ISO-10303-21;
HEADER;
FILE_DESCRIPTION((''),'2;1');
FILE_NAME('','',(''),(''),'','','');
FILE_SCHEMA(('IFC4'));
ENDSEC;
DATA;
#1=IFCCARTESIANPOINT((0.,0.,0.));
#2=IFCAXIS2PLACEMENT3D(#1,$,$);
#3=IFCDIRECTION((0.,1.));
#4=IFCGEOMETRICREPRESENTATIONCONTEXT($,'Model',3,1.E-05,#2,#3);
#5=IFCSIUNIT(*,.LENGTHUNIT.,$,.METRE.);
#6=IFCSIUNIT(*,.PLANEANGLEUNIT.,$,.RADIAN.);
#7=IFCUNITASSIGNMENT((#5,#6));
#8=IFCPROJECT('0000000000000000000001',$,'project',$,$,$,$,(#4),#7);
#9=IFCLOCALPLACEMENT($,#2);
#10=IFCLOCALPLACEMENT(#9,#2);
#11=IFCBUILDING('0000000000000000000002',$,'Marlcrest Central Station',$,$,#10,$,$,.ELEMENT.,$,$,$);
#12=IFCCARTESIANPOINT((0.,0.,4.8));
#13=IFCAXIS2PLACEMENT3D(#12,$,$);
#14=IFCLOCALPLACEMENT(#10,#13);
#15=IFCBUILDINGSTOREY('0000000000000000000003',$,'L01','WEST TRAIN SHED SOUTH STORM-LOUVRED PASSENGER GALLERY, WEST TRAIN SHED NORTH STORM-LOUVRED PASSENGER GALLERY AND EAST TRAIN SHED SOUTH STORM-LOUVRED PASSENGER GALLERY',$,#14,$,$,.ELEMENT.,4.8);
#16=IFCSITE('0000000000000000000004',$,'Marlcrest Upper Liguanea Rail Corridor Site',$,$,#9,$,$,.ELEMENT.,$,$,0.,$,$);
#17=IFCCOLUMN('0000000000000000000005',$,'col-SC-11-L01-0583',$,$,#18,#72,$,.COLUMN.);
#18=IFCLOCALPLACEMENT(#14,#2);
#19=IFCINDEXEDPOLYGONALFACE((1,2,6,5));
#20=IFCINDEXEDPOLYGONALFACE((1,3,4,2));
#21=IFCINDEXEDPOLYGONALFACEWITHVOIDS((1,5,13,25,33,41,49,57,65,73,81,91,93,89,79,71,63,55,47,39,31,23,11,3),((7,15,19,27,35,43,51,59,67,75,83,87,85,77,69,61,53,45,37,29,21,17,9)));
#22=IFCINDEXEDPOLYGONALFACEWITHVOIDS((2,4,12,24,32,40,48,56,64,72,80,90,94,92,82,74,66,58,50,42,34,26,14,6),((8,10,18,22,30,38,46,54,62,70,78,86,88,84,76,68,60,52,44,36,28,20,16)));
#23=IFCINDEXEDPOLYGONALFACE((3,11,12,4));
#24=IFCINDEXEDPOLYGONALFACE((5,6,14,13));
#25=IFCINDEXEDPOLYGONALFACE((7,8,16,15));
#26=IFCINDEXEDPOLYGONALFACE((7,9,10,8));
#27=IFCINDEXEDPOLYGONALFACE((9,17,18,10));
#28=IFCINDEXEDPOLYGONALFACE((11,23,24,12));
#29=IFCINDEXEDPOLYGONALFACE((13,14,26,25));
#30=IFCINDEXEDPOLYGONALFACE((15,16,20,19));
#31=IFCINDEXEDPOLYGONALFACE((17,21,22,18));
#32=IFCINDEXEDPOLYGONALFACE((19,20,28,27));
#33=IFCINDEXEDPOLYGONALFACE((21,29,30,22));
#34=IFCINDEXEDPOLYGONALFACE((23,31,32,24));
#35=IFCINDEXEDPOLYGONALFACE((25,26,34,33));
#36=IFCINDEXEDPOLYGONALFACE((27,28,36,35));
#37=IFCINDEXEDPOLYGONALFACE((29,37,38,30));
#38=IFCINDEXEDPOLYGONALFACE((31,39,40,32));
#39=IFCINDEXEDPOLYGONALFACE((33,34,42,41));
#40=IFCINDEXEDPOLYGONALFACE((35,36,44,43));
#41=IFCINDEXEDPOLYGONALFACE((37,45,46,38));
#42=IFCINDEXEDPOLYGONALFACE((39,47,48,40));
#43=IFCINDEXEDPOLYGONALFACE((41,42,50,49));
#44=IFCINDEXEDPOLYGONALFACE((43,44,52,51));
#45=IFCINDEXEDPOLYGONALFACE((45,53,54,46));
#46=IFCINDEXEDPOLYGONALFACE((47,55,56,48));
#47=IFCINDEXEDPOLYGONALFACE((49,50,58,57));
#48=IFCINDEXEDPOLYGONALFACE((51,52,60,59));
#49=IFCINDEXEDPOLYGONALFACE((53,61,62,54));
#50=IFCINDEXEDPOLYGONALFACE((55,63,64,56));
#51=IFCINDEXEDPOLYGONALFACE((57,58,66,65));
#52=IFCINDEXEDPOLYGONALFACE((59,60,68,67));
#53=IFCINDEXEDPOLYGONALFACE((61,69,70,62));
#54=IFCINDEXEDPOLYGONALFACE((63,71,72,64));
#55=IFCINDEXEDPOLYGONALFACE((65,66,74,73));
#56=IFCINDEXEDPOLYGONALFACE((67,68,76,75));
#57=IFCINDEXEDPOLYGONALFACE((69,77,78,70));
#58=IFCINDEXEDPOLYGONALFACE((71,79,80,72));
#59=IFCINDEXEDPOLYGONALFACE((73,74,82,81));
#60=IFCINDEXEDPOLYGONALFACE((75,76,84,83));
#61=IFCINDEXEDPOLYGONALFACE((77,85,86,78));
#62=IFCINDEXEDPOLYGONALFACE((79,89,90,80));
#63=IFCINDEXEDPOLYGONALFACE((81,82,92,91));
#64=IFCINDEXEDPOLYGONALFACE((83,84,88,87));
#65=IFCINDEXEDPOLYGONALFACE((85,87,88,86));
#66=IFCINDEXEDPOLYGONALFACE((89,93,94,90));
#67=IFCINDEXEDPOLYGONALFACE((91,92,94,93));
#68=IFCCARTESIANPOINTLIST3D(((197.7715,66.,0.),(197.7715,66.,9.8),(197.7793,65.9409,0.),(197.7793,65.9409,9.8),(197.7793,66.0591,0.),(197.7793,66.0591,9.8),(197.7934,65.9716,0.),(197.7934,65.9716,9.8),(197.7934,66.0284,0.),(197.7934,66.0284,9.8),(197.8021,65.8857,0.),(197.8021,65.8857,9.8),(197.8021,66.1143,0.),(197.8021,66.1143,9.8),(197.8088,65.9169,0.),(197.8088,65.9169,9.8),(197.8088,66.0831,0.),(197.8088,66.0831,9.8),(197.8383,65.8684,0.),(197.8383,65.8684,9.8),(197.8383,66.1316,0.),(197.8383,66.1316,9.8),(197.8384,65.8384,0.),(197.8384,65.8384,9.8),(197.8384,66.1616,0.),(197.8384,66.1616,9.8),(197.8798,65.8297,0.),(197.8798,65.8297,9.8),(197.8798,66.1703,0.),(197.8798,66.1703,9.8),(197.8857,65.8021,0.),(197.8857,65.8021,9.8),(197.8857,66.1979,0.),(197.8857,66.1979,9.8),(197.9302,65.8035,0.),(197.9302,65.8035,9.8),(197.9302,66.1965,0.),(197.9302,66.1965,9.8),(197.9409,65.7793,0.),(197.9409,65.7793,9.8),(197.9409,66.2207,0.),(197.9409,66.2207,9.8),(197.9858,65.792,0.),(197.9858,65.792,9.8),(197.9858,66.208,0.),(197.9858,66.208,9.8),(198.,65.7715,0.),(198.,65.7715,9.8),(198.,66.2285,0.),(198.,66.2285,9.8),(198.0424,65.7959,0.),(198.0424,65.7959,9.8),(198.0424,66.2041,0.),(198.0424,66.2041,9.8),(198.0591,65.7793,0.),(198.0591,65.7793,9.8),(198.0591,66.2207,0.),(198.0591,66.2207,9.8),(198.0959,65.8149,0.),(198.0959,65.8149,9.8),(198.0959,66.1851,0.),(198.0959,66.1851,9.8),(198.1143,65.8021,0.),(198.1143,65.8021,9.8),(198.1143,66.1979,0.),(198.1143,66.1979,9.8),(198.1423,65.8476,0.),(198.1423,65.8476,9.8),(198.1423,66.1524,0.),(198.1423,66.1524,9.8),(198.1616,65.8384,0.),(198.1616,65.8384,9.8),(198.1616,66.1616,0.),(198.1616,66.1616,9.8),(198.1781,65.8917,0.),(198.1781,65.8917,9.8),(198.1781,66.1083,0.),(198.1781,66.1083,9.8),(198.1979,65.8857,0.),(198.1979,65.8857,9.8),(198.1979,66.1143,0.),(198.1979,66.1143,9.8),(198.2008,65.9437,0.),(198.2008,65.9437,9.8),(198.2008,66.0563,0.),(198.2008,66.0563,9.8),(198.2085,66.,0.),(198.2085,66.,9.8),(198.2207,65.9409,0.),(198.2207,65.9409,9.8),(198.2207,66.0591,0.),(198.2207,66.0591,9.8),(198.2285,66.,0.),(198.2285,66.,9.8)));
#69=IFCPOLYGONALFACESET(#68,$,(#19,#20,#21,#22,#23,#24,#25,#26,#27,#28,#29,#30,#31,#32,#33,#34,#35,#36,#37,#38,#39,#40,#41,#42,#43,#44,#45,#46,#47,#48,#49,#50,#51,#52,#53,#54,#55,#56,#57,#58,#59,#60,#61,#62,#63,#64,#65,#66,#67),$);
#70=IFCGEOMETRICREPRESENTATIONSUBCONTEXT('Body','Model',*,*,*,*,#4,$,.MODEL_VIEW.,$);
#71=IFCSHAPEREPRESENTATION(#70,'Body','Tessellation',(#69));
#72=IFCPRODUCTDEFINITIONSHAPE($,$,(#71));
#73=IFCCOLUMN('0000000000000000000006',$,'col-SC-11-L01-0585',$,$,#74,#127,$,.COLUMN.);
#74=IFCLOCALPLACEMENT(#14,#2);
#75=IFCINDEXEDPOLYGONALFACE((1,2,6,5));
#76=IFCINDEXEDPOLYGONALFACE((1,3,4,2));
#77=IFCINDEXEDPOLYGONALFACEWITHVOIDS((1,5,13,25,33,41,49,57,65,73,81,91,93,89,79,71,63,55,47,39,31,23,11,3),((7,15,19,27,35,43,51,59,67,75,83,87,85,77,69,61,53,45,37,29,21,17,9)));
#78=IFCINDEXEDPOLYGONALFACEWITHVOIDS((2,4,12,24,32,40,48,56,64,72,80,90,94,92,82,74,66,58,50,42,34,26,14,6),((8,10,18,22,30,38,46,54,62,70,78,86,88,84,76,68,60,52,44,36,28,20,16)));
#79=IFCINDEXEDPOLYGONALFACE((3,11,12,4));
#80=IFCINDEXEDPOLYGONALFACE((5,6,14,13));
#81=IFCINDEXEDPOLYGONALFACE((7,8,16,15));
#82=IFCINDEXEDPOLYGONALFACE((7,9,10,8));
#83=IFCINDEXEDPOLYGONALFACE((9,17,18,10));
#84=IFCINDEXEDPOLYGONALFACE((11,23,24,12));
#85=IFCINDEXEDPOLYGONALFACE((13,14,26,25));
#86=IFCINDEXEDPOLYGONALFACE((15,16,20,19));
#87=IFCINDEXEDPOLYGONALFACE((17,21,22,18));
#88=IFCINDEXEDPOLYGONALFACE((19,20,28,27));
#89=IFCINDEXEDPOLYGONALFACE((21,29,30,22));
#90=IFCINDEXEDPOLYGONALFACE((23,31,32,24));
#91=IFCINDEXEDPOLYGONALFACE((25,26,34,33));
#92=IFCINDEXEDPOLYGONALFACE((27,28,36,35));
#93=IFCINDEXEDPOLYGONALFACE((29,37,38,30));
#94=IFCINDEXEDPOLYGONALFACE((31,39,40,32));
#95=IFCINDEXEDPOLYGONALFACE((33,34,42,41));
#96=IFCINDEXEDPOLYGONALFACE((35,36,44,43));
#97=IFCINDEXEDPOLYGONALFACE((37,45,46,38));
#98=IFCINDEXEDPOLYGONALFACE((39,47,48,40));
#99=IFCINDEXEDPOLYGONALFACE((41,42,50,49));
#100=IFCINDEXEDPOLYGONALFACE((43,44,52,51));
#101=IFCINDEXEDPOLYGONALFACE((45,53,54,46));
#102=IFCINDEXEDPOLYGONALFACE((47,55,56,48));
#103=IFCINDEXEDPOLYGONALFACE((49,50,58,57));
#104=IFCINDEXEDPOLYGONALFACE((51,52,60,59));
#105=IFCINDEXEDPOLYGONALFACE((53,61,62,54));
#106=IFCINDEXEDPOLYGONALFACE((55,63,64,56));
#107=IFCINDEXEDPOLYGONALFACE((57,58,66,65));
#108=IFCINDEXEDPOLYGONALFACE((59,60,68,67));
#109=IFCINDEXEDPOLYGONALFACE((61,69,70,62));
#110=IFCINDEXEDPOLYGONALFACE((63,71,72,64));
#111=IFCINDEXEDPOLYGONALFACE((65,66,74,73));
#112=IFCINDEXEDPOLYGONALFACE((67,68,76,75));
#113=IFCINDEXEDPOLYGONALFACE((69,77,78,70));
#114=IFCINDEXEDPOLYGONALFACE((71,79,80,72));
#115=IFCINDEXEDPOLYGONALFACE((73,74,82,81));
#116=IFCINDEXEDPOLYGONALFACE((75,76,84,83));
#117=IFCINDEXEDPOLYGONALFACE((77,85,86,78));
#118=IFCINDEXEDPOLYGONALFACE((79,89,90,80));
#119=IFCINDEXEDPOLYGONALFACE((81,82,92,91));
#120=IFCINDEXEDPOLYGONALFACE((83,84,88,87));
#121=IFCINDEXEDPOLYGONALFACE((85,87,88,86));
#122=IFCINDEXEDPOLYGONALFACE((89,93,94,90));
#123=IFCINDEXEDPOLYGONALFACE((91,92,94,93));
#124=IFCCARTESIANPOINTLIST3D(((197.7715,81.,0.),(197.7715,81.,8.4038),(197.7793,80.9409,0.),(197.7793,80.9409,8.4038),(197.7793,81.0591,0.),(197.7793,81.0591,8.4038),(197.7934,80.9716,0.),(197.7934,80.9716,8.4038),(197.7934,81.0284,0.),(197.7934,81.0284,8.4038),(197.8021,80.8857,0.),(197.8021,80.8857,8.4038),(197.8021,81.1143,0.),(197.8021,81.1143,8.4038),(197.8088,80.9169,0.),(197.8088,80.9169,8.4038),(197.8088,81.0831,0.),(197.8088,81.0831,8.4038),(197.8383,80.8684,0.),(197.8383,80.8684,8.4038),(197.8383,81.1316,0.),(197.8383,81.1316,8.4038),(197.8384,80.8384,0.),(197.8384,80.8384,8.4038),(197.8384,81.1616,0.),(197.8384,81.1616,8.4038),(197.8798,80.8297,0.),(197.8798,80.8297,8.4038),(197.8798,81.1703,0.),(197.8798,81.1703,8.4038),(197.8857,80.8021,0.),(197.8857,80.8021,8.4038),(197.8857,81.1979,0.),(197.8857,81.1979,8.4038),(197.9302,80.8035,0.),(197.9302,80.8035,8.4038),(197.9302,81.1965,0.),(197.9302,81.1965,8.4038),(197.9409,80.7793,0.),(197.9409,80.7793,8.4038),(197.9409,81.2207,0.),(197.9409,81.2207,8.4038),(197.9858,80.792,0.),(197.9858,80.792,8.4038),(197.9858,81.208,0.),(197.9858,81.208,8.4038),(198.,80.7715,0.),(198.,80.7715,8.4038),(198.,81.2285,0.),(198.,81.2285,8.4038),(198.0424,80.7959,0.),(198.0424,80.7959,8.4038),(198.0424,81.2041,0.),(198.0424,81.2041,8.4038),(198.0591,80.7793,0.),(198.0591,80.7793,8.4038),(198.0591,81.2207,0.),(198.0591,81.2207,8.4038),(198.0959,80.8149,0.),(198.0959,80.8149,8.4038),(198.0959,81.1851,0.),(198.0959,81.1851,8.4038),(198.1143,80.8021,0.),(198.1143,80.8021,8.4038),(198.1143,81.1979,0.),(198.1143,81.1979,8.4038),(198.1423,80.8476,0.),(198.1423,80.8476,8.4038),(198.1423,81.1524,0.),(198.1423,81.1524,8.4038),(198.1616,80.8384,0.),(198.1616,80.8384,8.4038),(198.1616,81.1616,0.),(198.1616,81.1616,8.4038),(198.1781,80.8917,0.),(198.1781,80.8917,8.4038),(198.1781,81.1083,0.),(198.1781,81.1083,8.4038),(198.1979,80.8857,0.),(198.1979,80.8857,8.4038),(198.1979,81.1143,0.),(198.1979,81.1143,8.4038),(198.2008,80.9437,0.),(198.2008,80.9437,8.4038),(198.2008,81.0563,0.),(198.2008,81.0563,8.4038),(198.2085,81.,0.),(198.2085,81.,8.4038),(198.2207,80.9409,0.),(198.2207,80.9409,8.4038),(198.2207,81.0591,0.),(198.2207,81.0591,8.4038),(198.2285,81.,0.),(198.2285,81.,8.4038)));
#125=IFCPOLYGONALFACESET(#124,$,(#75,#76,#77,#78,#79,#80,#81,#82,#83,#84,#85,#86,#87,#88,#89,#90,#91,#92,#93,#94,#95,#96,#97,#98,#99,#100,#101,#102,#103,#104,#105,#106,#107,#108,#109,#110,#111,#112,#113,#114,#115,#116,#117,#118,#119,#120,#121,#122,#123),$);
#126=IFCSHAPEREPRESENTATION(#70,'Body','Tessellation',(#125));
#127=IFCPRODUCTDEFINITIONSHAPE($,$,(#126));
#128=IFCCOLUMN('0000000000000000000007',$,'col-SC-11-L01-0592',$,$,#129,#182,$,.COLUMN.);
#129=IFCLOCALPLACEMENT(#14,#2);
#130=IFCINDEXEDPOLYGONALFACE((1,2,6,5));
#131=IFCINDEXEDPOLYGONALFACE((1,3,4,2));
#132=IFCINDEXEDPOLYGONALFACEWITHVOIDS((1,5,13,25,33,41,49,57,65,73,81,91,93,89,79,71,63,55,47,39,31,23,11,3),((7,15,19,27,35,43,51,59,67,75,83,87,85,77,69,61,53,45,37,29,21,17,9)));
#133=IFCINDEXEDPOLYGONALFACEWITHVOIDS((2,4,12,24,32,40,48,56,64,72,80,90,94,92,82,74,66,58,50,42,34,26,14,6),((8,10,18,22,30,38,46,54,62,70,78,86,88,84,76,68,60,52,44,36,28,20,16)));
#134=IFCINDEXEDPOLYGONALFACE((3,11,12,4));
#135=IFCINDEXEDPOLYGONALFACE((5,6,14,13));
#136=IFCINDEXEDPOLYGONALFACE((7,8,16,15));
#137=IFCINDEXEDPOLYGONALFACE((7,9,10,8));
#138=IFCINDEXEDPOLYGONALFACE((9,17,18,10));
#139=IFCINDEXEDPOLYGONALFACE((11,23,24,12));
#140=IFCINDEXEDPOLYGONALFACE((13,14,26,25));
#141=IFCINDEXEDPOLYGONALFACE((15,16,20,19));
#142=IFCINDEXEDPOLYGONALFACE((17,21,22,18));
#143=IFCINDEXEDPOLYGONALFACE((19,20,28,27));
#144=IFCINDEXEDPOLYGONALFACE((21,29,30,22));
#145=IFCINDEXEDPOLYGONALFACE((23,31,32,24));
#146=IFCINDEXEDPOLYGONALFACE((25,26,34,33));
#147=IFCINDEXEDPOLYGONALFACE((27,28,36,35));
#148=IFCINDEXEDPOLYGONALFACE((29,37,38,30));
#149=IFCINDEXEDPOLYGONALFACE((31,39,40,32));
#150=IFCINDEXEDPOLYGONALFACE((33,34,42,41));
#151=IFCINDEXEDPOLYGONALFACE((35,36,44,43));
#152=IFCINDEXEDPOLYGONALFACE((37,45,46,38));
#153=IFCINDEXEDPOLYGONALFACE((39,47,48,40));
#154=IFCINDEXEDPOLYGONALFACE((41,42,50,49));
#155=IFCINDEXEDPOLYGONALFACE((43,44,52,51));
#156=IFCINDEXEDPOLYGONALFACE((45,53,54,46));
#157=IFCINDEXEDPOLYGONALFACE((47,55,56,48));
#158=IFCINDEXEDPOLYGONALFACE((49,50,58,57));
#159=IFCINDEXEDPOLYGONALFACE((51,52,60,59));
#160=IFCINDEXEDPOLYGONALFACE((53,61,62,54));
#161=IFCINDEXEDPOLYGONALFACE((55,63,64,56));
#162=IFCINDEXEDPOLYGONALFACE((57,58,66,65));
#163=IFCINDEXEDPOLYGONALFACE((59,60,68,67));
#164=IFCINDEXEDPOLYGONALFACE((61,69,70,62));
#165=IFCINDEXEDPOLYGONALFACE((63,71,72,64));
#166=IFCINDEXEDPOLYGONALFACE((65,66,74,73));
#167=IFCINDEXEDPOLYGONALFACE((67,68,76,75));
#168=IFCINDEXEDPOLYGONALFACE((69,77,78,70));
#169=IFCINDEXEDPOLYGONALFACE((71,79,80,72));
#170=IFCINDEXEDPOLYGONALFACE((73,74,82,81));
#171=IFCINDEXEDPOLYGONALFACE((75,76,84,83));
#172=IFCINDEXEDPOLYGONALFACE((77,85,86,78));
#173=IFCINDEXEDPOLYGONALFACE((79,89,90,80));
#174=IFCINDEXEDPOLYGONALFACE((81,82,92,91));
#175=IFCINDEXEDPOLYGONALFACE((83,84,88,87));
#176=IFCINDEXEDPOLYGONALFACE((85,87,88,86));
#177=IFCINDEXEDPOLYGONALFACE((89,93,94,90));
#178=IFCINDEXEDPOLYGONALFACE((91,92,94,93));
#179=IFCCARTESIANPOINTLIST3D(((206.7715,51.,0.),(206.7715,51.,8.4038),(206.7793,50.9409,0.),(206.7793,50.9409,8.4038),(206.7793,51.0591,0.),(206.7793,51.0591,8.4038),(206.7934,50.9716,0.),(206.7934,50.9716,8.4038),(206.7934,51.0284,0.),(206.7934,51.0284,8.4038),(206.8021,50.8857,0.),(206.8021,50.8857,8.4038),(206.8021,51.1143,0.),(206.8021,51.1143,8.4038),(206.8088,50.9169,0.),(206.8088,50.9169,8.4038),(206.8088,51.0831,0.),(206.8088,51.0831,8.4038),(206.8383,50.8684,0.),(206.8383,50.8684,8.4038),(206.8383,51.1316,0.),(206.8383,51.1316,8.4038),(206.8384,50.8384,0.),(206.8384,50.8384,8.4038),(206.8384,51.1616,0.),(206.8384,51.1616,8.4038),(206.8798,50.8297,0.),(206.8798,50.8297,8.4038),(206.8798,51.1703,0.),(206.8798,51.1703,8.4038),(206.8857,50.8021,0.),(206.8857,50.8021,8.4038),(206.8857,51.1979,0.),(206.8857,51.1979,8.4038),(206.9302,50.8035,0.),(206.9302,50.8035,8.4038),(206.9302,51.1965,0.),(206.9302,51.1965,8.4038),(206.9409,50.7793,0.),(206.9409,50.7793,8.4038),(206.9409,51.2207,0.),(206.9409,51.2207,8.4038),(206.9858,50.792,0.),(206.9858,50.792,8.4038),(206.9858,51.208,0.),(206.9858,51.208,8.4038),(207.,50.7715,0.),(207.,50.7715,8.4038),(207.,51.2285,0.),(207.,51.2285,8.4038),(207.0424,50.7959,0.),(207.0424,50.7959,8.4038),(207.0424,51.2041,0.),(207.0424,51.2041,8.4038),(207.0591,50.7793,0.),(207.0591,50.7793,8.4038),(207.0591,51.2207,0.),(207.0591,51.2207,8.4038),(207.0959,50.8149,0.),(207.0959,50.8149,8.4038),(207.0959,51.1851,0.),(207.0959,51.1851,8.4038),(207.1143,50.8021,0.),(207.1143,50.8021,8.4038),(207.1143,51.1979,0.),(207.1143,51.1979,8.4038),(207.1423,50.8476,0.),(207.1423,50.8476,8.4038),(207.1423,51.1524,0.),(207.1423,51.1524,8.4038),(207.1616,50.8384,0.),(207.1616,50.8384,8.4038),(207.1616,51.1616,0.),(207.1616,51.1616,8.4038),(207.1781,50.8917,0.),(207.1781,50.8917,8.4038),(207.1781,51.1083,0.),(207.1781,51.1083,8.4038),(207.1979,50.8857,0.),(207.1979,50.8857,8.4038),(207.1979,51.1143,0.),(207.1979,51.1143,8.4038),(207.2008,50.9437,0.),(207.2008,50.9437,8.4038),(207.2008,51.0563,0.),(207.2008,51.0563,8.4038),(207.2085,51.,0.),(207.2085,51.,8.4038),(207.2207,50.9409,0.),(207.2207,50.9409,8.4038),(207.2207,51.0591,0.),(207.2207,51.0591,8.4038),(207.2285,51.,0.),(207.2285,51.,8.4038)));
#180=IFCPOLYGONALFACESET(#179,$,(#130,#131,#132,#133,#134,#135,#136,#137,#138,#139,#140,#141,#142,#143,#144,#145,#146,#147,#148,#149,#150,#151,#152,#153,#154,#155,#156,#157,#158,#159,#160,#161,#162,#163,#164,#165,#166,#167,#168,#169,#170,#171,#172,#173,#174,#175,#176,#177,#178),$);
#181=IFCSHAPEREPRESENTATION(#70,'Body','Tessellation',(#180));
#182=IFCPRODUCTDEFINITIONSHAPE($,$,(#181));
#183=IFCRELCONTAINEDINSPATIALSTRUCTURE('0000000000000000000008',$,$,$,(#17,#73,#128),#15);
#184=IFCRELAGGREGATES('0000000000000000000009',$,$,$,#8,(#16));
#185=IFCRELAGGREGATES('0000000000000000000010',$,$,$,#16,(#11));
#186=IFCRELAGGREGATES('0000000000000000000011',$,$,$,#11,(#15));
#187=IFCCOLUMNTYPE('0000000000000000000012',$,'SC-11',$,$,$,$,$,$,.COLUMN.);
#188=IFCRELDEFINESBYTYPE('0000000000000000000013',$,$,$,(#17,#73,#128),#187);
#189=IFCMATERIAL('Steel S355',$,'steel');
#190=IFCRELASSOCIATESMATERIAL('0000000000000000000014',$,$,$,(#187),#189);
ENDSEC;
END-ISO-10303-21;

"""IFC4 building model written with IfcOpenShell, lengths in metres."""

from ifc_helpers import new_model, si_unit, direction, frame, origin, origin_2d, place, context, subcontext, project, spatial, hollow_circle, extrude, material, material_profile, profile_set, type_object, element, save


model = new_model("IFC4")

# Units and contexts
model_context = context("Model", 3, precision=1e-05, world=origin(), true_north=direction((0.0, 1.0)))
body_context = subcontext(model_context, "Body", "Model", "MODEL_VIEW")
ifc_project = project(units=[si_unit("LENGTHUNIT", "METRE"), si_unit("PLANEANGLEUNIT", "RADIAN")], contexts=[model_context])

# Site, building, storey
site_placement = place(None, origin())
site = spatial("IfcSite", under=ifc_project, at=site_placement, Name="Marlcrest Upper Liguanea Rail Corridor Site", CompositionType="ELEMENT", RefElevation=0.0)
building_placement = place(site_placement, origin())
building = spatial("IfcBuilding", under=site, at=building_placement, Name="Marlcrest Central Station", CompositionType="ELEMENT")
storey_placement = place(building_placement, frame((0.0, 0.0, 4.8)))
storey = spatial("IfcBuildingStorey", under=building, at=storey_placement, Name="L01", Description="WEST TRAIN SHED SOUTH STORM-LOUVRED PASSENGER GALLERY, WEST TRAIN SHED NORTH STORM-LOUVRED PASSENGER GALLERY AND EAST TRAIN SHED SOUTH STORM-LOUVRED PASSENGER GALLERY", CompositionType="ELEMENT", Elevation=4.8)

# Columns
ifc_material = material(Name="Steel S355", Category="steel")
ifc_material_profile = material_profile(ifc_material, hollow_circle(Radius=0.2285, WallThickness=0.02, at=origin_2d()), Name="CHS 457x20")
ifc_profile_set = profile_set([ifc_material_profile], Name="Steel S355")
column_type = type_object("IfcColumnType", Name="SC-11", PredefinedType="COLUMN", material=ifc_profile_set)
column_1_placement = place(storey_placement, frame((198.0, 66.0, 0.0), z_axis=(0.0, 0.0, 1.0), x_axis=(1.0, 0.0, 0.0)))
element("IfcColumn", 1, at=column_1_placement, inside=storey, type_object=column_type, Name="col-SC-11-L01-0583", PredefinedType="COLUMN", context=body_context, shape_type="SweptSolid", body=[
    extrude(hollow_circle(Radius=0.2285, WallThickness=0.02, at=origin_2d()), origin(), (0.0, 0.0, 1.0), 9.8),
])
for number, where, z_axis, x_axis, name in (
    (2, (198.0, 81.0, 0.0), (0.0, 0.0, 1.0), (1.0, 0.0, 0.0), "col-SC-11-L01-0585"),
    (3, (207.0, 51.0, 0.0), (0.0, 0.0, 1.0), (1.0, 0.0, 0.0), "col-SC-11-L01-0592"),
):
    element("IfcColumn", number, at=place(storey_placement, frame(where, z_axis=z_axis, x_axis=x_axis)), inside=storey, type_object=column_type, Name=name, PredefinedType="COLUMN", context=body_context, shape_type="SweptSolid", body=[
        extrude(hollow_circle(Radius=0.2285, WallThickness=0.02, at=origin_2d()), origin(), (0.0, 0.0, 1.0), 8.4038),
    ])

save(model, "model.ifc")
